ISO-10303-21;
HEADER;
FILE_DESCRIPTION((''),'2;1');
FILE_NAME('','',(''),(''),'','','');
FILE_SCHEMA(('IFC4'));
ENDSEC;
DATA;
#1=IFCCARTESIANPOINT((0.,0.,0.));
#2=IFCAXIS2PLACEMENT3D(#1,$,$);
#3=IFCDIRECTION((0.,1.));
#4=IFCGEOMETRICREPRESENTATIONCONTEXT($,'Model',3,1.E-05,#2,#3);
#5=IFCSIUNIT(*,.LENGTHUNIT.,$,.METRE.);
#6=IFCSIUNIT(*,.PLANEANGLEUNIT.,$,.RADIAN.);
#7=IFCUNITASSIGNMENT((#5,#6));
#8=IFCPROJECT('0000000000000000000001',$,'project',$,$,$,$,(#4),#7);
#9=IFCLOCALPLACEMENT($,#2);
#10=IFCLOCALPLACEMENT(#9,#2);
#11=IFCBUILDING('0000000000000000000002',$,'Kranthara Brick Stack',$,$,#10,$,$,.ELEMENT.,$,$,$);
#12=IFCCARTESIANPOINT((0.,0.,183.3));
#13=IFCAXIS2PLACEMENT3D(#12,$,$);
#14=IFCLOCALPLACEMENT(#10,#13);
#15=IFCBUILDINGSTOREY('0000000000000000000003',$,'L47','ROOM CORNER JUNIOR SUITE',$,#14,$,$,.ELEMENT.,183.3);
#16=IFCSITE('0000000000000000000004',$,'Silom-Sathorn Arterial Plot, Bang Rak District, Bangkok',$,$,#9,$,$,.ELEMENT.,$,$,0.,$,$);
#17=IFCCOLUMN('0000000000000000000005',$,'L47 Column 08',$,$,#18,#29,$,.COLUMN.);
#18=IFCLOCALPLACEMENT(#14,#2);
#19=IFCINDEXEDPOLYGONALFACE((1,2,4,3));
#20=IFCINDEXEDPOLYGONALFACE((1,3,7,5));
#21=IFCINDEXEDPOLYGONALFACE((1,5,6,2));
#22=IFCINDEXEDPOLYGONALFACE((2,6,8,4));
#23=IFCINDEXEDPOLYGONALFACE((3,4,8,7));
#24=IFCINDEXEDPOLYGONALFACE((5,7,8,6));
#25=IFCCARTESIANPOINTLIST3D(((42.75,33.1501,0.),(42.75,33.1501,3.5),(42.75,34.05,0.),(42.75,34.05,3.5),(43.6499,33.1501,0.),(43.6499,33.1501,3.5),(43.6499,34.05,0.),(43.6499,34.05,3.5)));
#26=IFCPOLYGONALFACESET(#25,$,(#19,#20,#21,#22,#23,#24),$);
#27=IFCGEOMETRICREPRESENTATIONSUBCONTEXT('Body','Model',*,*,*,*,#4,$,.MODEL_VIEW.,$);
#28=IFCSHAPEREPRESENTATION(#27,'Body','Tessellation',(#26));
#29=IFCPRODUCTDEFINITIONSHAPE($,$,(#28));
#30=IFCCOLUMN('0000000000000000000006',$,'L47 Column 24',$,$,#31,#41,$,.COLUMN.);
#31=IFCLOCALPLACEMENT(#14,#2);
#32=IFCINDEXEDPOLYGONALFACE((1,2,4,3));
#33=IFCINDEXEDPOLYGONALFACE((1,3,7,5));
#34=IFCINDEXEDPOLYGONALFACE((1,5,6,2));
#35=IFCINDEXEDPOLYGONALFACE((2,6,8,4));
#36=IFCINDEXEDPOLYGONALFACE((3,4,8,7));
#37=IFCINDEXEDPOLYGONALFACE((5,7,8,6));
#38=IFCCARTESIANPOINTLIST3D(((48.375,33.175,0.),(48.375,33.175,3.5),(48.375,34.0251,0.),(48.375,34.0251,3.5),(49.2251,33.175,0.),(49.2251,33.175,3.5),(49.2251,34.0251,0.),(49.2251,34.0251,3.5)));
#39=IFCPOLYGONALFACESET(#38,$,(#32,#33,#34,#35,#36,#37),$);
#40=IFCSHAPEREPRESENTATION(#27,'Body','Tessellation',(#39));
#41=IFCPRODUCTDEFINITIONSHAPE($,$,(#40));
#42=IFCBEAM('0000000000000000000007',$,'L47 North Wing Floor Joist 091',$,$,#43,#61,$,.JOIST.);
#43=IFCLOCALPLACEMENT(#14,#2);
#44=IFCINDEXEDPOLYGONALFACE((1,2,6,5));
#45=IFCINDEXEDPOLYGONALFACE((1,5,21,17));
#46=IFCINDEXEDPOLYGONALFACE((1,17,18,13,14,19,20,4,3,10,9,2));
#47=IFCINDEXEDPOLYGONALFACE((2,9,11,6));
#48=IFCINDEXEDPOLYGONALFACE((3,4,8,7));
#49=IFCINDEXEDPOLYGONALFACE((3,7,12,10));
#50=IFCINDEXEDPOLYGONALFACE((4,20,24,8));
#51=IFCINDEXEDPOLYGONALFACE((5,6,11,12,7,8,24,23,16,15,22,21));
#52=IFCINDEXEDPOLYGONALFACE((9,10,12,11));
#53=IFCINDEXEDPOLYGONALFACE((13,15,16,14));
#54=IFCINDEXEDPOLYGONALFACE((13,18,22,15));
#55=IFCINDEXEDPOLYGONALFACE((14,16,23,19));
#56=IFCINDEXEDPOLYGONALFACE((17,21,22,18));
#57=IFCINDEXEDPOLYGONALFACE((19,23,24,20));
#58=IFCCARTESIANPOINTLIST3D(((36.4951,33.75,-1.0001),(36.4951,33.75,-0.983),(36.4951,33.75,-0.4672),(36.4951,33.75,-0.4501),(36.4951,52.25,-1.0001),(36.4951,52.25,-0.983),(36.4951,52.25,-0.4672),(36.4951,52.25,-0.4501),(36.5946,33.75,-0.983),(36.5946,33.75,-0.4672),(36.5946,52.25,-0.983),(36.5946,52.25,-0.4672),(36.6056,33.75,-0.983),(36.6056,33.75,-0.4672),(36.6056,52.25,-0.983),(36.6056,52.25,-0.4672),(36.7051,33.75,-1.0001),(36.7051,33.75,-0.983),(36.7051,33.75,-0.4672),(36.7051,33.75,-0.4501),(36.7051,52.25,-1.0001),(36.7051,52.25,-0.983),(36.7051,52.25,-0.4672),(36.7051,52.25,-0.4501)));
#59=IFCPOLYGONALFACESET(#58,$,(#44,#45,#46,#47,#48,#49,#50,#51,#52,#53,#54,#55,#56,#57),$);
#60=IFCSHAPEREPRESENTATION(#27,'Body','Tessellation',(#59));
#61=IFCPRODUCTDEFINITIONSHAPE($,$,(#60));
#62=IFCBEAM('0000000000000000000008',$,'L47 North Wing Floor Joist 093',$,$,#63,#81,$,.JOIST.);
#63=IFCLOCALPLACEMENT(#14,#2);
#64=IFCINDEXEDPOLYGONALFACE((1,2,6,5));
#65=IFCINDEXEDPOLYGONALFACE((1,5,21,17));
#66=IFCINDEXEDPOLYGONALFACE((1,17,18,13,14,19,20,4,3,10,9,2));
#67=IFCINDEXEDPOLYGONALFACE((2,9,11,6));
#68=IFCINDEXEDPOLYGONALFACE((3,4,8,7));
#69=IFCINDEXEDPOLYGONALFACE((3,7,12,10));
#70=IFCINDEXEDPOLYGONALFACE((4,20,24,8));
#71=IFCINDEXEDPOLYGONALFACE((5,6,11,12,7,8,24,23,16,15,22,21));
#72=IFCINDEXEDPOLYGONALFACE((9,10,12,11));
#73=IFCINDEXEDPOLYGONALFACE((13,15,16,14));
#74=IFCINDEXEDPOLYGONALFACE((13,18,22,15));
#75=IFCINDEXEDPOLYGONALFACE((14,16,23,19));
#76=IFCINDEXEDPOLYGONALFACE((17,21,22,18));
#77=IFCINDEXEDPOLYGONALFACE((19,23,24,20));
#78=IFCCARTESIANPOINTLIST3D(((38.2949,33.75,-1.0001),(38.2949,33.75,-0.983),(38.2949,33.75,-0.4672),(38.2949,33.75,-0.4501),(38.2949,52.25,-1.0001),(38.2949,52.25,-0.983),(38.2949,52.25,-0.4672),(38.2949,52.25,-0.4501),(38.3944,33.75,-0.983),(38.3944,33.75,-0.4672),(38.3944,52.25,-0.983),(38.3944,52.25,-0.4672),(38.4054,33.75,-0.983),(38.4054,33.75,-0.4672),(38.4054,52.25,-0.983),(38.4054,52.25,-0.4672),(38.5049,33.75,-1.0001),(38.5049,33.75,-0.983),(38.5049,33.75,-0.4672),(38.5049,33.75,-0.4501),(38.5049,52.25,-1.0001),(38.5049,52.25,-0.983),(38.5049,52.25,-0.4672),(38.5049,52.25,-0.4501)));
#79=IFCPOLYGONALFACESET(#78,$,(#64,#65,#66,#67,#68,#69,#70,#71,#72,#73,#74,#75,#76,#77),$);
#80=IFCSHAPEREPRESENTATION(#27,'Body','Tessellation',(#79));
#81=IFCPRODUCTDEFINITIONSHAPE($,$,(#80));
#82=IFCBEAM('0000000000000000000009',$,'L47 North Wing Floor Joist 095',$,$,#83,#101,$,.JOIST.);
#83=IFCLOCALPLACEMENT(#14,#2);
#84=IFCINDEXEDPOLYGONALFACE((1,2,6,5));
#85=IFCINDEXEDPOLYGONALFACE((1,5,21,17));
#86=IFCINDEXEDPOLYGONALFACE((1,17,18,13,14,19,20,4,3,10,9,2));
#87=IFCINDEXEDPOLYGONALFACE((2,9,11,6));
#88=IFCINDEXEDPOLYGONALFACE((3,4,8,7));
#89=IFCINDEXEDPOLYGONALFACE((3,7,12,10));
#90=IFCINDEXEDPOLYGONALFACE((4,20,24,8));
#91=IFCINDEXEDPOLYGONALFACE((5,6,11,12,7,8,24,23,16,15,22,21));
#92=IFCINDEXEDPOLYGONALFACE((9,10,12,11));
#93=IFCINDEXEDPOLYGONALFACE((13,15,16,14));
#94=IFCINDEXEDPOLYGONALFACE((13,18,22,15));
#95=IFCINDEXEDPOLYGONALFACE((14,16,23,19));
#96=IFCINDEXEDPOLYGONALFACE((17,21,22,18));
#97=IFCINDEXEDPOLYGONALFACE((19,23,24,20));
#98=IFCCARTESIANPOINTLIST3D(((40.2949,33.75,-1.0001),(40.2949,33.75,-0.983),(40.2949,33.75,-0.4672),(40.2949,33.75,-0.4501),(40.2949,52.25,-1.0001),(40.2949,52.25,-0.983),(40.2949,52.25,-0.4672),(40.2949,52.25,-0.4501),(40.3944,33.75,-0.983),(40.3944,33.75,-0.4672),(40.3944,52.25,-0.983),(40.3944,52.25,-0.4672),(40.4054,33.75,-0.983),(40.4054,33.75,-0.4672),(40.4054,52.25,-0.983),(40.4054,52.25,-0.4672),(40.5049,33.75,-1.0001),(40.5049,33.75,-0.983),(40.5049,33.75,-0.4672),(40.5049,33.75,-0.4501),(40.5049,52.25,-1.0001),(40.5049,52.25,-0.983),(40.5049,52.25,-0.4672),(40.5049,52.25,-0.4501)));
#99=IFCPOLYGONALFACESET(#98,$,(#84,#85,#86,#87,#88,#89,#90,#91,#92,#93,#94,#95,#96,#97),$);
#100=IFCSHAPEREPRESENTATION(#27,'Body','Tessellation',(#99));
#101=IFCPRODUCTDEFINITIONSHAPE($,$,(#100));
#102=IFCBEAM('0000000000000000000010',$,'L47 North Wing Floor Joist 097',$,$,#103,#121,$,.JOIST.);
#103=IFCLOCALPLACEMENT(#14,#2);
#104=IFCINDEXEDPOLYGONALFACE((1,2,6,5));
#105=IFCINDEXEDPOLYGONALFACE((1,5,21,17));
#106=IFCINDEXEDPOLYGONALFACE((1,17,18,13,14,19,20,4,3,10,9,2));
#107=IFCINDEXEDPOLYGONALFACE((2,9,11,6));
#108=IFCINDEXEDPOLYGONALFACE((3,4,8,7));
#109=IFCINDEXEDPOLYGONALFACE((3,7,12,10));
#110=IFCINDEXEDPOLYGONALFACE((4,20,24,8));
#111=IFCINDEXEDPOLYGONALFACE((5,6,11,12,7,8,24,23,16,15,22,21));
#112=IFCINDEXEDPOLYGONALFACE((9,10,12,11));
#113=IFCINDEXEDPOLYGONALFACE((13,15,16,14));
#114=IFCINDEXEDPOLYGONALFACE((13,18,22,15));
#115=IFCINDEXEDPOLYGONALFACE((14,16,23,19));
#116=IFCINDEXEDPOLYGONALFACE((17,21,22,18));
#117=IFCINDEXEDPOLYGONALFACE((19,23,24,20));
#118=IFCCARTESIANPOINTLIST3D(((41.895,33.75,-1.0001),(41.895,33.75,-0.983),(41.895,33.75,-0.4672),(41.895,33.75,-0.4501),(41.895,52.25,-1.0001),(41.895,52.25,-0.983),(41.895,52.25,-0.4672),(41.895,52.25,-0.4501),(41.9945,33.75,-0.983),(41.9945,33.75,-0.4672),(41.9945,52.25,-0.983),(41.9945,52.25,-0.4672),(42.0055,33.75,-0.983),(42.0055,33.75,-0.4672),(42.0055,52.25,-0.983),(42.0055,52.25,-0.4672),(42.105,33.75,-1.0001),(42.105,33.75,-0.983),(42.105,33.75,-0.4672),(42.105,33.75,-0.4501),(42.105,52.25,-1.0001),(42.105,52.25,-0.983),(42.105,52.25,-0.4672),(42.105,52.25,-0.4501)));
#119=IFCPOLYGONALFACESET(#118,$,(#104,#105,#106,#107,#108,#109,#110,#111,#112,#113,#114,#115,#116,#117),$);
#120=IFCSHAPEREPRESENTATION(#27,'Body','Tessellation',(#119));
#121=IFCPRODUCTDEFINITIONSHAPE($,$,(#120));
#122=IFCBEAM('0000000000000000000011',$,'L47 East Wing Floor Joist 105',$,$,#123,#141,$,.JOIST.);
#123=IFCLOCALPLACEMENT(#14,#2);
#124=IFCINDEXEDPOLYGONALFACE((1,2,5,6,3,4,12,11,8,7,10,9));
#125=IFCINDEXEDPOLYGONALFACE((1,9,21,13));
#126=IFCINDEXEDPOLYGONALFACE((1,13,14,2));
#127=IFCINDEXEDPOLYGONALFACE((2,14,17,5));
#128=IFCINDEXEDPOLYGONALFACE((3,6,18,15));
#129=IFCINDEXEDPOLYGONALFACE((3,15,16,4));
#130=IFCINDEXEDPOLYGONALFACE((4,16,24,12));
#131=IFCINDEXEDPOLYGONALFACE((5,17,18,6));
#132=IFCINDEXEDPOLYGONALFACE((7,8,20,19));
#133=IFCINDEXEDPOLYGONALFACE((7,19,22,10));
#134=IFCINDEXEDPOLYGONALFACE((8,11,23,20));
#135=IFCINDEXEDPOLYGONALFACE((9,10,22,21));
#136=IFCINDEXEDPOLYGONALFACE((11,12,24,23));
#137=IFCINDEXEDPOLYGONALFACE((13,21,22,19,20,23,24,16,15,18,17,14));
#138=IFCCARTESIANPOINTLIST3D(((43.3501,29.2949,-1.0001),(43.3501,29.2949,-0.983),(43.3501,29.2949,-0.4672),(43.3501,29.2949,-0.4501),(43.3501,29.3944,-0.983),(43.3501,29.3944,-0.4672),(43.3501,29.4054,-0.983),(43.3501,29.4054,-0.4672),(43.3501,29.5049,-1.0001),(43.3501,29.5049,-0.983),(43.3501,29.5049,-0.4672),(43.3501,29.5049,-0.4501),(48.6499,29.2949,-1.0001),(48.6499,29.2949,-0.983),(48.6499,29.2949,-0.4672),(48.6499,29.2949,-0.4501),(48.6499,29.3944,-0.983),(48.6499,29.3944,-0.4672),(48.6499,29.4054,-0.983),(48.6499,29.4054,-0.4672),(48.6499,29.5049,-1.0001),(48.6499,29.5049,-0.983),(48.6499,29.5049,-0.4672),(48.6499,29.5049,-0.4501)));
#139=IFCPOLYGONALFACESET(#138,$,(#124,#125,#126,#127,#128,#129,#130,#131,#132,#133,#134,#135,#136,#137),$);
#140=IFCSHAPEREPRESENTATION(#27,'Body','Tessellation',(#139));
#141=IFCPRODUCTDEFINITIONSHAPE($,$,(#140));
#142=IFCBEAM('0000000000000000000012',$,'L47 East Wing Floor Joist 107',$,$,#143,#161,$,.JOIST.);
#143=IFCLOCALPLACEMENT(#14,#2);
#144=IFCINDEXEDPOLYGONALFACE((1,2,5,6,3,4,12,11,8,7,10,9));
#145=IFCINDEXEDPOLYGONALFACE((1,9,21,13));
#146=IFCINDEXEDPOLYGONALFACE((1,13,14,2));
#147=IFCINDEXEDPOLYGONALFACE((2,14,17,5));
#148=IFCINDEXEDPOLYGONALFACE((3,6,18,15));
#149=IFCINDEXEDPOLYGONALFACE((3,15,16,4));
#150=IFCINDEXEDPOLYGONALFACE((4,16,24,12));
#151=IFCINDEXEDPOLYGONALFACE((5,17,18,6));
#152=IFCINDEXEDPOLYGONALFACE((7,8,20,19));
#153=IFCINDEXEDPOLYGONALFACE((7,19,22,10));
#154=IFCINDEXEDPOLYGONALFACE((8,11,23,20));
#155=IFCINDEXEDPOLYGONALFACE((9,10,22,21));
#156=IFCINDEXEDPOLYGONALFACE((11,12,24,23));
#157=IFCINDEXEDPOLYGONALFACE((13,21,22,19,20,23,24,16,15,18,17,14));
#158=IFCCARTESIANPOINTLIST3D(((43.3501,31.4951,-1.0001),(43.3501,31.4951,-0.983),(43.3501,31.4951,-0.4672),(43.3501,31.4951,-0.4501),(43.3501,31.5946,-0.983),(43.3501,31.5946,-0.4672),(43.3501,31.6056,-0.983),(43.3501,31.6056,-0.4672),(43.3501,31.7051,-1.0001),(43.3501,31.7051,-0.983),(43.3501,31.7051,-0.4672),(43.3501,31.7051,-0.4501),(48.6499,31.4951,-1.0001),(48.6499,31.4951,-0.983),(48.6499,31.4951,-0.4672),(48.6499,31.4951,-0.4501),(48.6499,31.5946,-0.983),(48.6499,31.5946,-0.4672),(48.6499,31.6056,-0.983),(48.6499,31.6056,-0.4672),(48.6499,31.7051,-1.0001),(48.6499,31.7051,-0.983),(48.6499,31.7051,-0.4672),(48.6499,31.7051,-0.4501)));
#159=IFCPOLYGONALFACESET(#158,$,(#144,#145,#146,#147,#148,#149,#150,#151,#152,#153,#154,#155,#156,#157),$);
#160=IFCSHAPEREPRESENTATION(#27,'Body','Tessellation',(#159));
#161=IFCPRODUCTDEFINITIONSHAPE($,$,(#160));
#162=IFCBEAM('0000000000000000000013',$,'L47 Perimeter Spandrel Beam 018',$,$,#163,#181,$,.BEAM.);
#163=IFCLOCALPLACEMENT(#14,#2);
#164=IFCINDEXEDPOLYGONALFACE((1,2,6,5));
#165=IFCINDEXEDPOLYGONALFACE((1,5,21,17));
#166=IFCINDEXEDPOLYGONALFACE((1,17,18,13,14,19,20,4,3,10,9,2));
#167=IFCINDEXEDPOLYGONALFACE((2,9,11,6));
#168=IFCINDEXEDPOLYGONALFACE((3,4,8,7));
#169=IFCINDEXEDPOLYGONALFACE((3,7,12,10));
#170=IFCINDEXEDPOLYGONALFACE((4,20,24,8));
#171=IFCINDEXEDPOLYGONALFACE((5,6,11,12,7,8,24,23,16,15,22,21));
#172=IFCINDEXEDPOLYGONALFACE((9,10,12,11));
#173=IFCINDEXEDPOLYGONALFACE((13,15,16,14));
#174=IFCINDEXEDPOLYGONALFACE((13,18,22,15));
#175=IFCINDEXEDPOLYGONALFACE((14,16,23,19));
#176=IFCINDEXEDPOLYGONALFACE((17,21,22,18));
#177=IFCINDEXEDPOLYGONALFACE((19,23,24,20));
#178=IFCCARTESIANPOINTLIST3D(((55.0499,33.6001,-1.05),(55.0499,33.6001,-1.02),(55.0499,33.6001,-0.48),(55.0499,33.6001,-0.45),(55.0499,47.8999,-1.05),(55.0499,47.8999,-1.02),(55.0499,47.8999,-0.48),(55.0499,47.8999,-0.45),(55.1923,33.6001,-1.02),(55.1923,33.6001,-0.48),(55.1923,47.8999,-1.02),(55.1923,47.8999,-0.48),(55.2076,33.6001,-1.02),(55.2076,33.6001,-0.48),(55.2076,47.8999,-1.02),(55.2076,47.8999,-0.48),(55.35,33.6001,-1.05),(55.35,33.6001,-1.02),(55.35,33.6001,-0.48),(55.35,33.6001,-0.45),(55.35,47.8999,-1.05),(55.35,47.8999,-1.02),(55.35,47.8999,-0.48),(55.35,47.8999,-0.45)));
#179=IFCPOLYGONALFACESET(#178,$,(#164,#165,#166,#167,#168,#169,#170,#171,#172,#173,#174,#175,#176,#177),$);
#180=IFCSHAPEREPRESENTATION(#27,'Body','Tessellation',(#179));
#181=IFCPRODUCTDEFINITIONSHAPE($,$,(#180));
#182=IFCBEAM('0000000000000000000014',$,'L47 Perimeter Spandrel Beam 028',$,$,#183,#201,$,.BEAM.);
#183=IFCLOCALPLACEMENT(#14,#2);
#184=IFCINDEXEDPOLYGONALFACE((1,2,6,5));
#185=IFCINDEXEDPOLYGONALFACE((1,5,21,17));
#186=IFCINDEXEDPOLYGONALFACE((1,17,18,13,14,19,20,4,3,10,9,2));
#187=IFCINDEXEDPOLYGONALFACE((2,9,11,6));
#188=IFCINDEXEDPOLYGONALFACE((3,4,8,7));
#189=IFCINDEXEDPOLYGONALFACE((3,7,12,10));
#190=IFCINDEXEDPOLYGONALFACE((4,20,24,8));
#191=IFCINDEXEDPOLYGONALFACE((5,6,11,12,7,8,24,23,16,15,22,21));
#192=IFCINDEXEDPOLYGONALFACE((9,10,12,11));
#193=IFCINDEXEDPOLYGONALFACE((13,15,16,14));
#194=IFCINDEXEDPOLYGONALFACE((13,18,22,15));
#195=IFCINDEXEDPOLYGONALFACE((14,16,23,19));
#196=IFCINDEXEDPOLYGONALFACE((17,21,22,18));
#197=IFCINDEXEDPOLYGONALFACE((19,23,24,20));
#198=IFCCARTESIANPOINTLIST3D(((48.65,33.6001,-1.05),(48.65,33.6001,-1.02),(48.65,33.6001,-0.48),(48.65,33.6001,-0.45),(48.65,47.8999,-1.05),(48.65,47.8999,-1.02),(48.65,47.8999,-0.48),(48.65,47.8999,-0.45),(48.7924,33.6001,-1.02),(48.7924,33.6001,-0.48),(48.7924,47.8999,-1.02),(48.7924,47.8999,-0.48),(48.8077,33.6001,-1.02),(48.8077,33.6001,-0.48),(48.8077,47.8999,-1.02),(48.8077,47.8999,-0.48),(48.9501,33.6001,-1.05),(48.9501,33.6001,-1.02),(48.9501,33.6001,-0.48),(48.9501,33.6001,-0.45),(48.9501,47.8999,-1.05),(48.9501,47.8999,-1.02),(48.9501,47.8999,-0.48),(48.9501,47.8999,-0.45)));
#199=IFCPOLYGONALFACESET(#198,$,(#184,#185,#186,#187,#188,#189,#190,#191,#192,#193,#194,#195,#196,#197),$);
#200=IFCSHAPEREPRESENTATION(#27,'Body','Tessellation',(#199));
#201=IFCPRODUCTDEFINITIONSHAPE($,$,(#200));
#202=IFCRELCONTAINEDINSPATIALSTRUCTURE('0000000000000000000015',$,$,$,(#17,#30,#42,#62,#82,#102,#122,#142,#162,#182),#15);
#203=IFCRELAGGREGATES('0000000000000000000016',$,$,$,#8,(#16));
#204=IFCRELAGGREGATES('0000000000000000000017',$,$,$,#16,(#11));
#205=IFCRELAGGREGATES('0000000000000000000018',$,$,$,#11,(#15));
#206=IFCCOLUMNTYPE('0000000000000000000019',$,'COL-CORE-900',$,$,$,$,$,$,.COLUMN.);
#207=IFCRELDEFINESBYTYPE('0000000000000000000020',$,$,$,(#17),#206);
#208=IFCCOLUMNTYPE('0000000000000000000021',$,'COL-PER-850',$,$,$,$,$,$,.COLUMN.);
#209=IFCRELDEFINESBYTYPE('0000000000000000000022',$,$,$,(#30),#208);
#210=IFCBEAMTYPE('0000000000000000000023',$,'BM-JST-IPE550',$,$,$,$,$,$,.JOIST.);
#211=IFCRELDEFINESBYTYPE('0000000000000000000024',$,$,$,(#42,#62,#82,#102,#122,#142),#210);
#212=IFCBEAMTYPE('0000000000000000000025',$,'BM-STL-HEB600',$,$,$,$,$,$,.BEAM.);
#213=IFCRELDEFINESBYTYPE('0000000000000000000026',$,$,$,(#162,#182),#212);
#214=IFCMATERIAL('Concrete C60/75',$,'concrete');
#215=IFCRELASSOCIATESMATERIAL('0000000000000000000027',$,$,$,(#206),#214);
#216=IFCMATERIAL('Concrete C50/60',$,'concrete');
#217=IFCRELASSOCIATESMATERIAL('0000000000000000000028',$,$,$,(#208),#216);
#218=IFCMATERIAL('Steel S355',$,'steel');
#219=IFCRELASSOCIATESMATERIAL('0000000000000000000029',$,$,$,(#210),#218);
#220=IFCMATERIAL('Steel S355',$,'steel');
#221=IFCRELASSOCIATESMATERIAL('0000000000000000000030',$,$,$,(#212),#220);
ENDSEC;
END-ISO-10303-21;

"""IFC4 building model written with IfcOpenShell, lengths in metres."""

from ifc_helpers import new_model, si_unit, direction, frame, origin, origin_2d, place, context, subcontext, project, spatial, rectangle, i_section, extrude, material, material_profile, profile_set, type_object, element, save


model = new_model("IFC4")

# Units and contexts
model_context = context("Model", 3, precision=1e-05, world=origin(), true_north=direction((0.0, 1.0)))
body_context = subcontext(model_context, "Body", "Model", "MODEL_VIEW")
ifc_project = project(units=[si_unit("LENGTHUNIT", "METRE"), si_unit("PLANEANGLEUNIT", "RADIAN")], contexts=[model_context])

# Site, building, storey
site_placement = place(None, origin())
site = spatial("IfcSite", under=ifc_project, at=site_placement, Name="Silom-Sathorn Arterial Plot, Bang Rak District, Bangkok", CompositionType="ELEMENT", RefElevation=0.0)
building_placement = place(site_placement, origin())
building = spatial("IfcBuilding", under=site, at=building_placement, Name="Kranthara Brick Stack", CompositionType="ELEMENT")
storey_placement = place(building_placement, frame((0.0, 0.0, 183.3)))
storey = spatial("IfcBuildingStorey", under=building, at=storey_placement, Name="L47", Description="ROOM CORNER JUNIOR SUITE", CompositionType="ELEMENT", Elevation=183.3)

# Columns
ifc_material_1 = material(Name="Concrete C60/75", Category="concrete")
ifc_material_profile_1 = material_profile(ifc_material_1, rectangle(XDim=0.8999, YDim=0.8999, at=origin_2d()), Name="RC 900x900")
ifc_profile_set_1 = profile_set([ifc_material_profile_1], Name="Concrete C60/75")
column_type_1 = type_object("IfcColumnType", Name="COL-CORE-900", PredefinedType="COLUMN", material=ifc_profile_set_1)
column_1_placement = place(storey_placement, frame((43.2, 33.6001, 0.0), z_axis=(0.0, 0.0, 1.0), x_axis=(1.0, 0.0, 0.0)))
element("IfcColumn", 1, at=column_1_placement, inside=storey, type_object=column_type_1, Name="L47 Column 08", PredefinedType="COLUMN", context=body_context, shape_type="SweptSolid", body=[
    extrude(rectangle(XDim=0.8999, YDim=0.8999, at=origin_2d()), origin(), (0.0, 0.0, 1.0), 3.5),
])
ifc_material_2 = material(Name="Concrete C50/60", Category="concrete")
ifc_material_profile_2 = material_profile(ifc_material_2, rectangle(XDim=0.8501, YDim=0.8501, at=origin_2d()), Name="RC 850x850")
ifc_profile_set_2 = profile_set([ifc_material_profile_2], Name="Concrete C50/60")
column_type_2 = type_object("IfcColumnType", Name="COL-PER-850", PredefinedType="COLUMN", material=ifc_profile_set_2)
column_2_placement = place(storey_placement, frame((48.8, 33.6001, 0.0), z_axis=(0.0, 0.0, 1.0), x_axis=(1.0, 0.0, 0.0)))
element("IfcColumn", 2, at=column_2_placement, inside=storey, type_object=column_type_2, Name="L47 Column 24", PredefinedType="COLUMN", context=body_context, shape_type="SweptSolid", body=[
    extrude(rectangle(XDim=0.8501, YDim=0.8501, at=origin_2d()), origin(), (0.0, 0.0, 1.0), 3.5),
])

# Beams
ifc_material_3 = material(Name="Steel S355", Category="steel")
ifc_material_profile_3 = material_profile(ifc_material_3, i_section(OverallWidth=0.21, OverallDepth=0.55, WebThickness=0.011, FlangeThickness=0.0171, at=origin_2d()), Name="IPE 550")
ifc_profile_set_3 = profile_set([ifc_material_profile_3], Name="Steel S355")
beam_type_1 = type_object("IfcBeamType", Name="BM-JST-IPE550", PredefinedType="JOIST", material=ifc_profile_set_3)
for number, where, z_axis, x_axis, name in (
    (3, (36.6001, 33.75, -0.7251), (0.0, 1.0, 0.0), (-1.0, 0.0, 0.0), "L47 North Wing Floor Joist 091"),
    (4, (38.3999, 33.75, -0.7251), (0.0, 1.0, 0.0), (-1.0, 0.0, 0.0), "L47 North Wing Floor Joist 093"),
    (5, (40.3999, 33.75, -0.7251), (0.0, 1.0, 0.0), (-1.0, 0.0, 0.0), "L47 North Wing Floor Joist 095"),
    (6, (42.0, 33.75, -0.7251), (0.0, 1.0, 0.0), (-1.0, 0.0, 0.0), "L47 North Wing Floor Joist 097"),
):
    element("IfcBeam", number, at=place(storey_placement, frame(where, z_axis=z_axis, x_axis=x_axis)), inside=storey, type_object=beam_type_1, Name=name, PredefinedType="JOIST", context=body_context, shape_type="SweptSolid", body=[
        extrude(i_section(OverallWidth=0.21, OverallDepth=0.55, WebThickness=0.011, FlangeThickness=0.0171, at=origin_2d()), origin(), (0.0, 0.0, 1.0), 18.5),
    ])
for number, where, z_axis, x_axis, name in (
    (7, (43.3501, 29.3999, -0.7251), (1.0, 0.0, 0.0), (0.0, 1.0, 0.0), "L47 East Wing Floor Joist 105"),
    (8, (43.3501, 31.6001, -0.7251), (1.0, 0.0, 0.0), (0.0, 1.0, 0.0), "L47 East Wing Floor Joist 107"),
):
    element("IfcBeam", number, at=place(storey_placement, frame(where, z_axis=z_axis, x_axis=x_axis)), inside=storey, type_object=beam_type_1, Name=name, PredefinedType="JOIST", context=body_context, shape_type="SweptSolid", body=[
        extrude(i_section(OverallWidth=0.21, OverallDepth=0.55, WebThickness=0.011, FlangeThickness=0.0171, at=origin_2d()), origin(), (0.0, 0.0, 1.0), 5.2998),
    ])
ifc_material_4 = material(Name="Steel S355", Category="steel")
ifc_material_profile_4 = material_profile(ifc_material_4, i_section(OverallWidth=0.3, OverallDepth=0.6001, WebThickness=0.0154, FlangeThickness=0.03, at=origin_2d()), Name="HEB 600")
ifc_profile_set_4 = profile_set([ifc_material_profile_4], Name="Steel S355")
beam_type_2 = type_object("IfcBeamType", Name="BM-STL-HEB600", PredefinedType="BEAM", material=ifc_profile_set_4)
for number, where, z_axis, x_axis, name in (
    (9, (55.2, 33.6001, -0.75), (0.0, 1.0, 0.0), (-1.0, 0.0, 0.0), "L47 Perimeter Spandrel Beam 018"),
    (10, (48.8, 33.6001, -0.75), (0.0, 1.0, 0.0), (-1.0, 0.0, 0.0), "L47 Perimeter Spandrel Beam 028"),
):
    element("IfcBeam", number, at=place(storey_placement, frame(where, z_axis=z_axis, x_axis=x_axis)), inside=storey, type_object=beam_type_2, Name=name, PredefinedType="BEAM", context=body_context, shape_type="SweptSolid", body=[
        extrude(i_section(OverallWidth=0.3, OverallDepth=0.6001, WebThickness=0.0154, FlangeThickness=0.03, at=origin_2d()), origin(), (0.0, 0.0, 1.0), 14.2998),
    ])

save(model, "model.ifc")
